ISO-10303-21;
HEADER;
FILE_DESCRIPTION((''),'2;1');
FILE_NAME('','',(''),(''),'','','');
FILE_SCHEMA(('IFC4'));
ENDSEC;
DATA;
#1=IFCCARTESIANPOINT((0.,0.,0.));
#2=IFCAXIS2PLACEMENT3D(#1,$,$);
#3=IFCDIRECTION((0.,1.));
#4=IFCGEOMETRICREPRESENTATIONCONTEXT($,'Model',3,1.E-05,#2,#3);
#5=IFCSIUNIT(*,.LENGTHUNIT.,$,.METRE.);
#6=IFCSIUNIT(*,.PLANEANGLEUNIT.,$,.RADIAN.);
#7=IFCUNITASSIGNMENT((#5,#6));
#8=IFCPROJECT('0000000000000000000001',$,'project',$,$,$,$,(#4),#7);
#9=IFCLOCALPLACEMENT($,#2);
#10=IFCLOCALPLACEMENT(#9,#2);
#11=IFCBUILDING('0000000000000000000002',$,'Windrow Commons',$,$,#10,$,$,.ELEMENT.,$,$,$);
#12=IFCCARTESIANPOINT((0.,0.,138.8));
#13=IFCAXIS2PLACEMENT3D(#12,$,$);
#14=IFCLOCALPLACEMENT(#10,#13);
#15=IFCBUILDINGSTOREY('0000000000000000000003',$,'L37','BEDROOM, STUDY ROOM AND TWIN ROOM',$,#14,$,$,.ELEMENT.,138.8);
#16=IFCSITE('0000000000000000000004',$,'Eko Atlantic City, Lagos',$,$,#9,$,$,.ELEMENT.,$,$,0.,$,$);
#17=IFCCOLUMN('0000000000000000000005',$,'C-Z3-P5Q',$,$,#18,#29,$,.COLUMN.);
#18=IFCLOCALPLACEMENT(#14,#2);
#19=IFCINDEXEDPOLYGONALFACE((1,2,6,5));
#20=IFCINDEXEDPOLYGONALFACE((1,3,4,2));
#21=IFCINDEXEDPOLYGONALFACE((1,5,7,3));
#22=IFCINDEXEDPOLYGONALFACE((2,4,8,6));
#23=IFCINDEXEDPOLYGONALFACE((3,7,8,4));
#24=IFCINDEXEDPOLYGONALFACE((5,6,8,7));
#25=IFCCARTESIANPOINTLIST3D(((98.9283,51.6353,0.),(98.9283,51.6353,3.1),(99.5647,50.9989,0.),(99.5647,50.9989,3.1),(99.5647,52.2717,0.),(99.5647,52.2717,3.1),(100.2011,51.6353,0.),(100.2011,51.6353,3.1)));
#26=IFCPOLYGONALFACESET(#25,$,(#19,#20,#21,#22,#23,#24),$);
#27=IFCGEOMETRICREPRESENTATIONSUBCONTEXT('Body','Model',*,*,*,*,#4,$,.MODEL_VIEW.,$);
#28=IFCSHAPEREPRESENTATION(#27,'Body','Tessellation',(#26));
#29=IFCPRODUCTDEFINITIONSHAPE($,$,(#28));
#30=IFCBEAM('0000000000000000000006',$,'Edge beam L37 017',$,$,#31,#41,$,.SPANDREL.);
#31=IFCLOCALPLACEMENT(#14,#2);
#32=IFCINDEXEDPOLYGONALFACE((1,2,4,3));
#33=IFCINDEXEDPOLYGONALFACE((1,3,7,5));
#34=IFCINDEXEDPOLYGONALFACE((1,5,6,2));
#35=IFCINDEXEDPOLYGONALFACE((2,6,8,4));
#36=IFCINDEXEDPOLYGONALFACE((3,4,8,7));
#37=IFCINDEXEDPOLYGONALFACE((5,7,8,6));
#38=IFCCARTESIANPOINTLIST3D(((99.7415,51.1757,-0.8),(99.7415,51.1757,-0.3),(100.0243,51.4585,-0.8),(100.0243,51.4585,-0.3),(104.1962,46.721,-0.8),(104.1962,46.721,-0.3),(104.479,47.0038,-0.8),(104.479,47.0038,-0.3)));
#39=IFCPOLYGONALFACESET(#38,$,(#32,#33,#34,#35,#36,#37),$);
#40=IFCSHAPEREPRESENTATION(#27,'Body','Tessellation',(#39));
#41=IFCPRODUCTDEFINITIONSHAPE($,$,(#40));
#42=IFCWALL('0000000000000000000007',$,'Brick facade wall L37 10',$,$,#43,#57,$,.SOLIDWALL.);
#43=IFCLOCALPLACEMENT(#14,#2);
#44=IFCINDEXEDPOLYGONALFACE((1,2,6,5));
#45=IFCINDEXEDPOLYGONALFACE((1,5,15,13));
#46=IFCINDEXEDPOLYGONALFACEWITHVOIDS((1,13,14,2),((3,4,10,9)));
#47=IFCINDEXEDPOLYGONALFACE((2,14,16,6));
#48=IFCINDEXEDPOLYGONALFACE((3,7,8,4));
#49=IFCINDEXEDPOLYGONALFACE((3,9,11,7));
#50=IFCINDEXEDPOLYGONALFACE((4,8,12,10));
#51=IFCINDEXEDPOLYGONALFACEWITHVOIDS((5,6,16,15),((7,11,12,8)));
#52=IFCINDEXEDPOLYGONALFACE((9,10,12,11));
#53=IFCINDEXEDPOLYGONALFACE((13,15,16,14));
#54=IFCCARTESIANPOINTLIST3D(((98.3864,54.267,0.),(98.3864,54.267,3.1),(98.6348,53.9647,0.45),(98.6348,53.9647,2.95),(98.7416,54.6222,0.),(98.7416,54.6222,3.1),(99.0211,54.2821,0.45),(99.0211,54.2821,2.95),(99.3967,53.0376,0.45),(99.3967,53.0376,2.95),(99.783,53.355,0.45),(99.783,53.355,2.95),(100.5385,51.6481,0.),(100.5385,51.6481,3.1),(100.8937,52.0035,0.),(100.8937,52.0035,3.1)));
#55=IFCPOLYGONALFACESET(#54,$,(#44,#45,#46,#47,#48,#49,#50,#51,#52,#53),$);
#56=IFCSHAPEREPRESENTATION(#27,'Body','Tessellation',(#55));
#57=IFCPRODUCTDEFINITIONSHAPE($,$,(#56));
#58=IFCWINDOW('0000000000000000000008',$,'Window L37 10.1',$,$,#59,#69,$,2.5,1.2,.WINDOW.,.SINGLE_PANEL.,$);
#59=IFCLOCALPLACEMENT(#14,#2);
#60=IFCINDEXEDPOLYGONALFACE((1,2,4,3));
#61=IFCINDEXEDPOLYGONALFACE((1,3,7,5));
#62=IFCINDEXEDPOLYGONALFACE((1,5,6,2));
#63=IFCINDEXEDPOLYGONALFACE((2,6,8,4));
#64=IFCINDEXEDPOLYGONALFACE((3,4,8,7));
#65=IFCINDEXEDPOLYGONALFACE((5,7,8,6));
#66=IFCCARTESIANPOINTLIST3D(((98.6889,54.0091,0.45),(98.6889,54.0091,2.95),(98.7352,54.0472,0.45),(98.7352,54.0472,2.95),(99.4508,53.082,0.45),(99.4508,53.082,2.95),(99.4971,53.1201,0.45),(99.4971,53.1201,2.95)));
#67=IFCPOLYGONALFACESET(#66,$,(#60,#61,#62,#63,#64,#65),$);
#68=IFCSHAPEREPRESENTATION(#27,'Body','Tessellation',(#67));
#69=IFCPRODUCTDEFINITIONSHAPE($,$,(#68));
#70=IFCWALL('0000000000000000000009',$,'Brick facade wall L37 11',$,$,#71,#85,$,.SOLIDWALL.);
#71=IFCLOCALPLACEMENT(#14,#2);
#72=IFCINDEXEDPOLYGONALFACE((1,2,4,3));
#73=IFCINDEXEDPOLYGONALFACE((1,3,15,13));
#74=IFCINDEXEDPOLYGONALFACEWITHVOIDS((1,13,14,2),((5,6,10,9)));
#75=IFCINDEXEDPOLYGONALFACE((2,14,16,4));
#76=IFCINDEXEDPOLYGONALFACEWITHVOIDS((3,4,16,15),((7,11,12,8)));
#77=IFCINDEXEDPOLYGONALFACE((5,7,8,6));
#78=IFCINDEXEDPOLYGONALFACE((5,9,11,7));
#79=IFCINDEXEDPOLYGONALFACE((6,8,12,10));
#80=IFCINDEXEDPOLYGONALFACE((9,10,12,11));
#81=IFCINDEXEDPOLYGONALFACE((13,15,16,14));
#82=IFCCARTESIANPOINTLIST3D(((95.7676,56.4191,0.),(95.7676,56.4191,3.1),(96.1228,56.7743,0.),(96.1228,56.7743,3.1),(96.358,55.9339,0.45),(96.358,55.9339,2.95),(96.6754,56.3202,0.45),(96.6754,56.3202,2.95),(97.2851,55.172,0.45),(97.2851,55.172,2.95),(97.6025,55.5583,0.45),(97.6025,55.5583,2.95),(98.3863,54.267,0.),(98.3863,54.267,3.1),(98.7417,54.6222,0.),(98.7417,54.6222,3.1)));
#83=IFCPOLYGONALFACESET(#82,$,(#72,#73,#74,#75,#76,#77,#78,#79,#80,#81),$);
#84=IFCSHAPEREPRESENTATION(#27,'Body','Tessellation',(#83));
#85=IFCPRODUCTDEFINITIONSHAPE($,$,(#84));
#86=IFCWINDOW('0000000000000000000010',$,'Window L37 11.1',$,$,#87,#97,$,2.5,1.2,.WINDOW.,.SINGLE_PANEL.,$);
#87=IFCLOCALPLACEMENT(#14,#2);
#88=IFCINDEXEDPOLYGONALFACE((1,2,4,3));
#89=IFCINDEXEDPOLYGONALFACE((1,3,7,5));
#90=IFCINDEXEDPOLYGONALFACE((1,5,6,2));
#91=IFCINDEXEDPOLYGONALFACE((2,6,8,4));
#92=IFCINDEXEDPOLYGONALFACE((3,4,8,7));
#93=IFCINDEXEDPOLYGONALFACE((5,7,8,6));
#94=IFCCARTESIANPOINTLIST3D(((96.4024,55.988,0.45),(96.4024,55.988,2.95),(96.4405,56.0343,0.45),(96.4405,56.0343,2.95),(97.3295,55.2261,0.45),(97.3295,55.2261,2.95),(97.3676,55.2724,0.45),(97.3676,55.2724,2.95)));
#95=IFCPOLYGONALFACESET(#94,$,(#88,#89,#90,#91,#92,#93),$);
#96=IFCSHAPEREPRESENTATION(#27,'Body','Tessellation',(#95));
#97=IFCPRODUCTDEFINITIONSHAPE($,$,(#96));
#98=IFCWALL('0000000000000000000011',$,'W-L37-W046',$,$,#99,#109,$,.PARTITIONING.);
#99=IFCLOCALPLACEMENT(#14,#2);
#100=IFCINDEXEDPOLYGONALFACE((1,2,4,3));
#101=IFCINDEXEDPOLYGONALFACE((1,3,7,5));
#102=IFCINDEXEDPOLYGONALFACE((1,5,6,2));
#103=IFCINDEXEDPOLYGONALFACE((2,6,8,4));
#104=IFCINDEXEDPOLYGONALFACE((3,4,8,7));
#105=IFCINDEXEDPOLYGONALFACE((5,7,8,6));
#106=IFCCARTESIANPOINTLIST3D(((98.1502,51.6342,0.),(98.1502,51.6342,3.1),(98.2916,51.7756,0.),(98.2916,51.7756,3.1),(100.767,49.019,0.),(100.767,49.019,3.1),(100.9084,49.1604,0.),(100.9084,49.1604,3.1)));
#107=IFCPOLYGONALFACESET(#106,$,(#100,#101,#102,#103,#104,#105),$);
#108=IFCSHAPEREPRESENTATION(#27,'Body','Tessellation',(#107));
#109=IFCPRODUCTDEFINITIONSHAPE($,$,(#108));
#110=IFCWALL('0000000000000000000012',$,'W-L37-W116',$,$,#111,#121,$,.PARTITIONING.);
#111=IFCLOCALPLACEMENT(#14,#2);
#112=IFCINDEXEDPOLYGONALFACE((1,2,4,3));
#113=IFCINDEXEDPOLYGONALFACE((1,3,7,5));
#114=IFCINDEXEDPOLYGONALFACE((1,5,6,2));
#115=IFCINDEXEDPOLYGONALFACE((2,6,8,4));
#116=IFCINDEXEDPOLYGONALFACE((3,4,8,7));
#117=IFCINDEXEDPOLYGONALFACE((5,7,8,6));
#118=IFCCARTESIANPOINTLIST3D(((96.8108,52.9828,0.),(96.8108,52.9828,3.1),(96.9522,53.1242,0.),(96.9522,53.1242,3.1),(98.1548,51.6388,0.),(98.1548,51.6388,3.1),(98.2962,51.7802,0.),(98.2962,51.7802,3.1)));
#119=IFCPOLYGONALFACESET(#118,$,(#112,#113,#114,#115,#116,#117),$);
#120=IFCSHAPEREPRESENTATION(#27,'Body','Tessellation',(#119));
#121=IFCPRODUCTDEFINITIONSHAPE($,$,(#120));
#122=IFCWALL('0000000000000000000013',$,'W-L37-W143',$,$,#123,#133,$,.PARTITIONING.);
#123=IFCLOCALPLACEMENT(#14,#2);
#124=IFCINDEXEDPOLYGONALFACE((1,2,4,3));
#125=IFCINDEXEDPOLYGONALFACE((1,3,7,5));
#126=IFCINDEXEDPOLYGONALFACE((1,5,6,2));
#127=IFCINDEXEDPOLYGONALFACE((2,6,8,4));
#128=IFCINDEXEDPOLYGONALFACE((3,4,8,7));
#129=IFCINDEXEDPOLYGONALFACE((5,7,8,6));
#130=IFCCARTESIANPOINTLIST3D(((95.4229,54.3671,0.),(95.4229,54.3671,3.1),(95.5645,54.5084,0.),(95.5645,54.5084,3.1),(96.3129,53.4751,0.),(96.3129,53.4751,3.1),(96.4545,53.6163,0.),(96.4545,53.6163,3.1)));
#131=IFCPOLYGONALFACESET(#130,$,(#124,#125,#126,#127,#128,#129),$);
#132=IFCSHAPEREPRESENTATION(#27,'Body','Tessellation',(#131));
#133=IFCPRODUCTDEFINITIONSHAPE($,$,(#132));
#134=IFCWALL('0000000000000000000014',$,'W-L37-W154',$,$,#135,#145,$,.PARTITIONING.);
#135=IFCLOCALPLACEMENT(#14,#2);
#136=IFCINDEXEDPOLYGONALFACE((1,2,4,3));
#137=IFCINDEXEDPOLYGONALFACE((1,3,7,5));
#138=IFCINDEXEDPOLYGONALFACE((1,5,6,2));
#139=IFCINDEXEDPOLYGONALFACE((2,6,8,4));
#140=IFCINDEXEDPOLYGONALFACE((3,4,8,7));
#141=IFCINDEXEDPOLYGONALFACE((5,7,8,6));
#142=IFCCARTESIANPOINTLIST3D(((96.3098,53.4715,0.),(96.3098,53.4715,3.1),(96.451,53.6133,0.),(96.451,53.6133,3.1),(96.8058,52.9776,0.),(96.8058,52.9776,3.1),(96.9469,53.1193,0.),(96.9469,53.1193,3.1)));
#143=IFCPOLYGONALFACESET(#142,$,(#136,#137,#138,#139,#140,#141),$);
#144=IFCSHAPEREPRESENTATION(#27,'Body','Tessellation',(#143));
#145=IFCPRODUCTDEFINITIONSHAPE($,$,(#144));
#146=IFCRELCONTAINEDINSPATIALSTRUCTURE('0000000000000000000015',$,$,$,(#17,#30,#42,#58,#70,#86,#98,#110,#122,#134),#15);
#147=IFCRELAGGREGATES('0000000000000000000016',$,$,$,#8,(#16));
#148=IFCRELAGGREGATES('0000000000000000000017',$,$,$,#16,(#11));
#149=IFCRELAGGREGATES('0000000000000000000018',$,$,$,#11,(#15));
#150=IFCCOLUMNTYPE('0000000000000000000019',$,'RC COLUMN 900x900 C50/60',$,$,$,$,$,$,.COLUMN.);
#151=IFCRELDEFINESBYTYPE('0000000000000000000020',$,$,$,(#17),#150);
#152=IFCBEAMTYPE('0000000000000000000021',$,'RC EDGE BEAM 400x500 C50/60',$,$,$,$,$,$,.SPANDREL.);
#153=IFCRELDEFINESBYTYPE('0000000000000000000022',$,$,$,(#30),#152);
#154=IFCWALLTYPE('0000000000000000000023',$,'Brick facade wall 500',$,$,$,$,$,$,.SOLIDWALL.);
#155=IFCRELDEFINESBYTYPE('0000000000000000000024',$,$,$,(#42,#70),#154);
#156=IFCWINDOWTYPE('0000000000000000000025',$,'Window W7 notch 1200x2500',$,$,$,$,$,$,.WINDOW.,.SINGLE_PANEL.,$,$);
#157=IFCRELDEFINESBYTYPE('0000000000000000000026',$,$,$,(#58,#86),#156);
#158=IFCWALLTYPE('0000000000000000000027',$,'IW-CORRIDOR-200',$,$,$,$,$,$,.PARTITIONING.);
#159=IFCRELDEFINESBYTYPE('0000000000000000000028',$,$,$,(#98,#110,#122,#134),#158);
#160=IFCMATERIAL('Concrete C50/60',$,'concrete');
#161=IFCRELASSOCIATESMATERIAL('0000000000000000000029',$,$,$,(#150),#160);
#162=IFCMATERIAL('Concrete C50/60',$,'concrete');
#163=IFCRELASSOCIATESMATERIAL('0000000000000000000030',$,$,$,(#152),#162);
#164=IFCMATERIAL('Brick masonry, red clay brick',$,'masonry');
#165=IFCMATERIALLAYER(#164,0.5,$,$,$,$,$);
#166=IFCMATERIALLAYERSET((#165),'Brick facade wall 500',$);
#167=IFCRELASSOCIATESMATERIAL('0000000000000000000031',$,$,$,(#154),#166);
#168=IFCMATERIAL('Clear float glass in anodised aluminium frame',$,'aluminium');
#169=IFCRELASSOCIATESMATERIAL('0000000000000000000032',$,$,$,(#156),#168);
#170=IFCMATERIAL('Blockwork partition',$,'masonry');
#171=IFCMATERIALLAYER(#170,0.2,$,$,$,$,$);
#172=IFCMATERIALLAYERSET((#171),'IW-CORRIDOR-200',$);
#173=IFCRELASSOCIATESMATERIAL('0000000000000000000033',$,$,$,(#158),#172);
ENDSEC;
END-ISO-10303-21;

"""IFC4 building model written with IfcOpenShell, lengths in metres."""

from ifc_helpers import new_model, si_unit, direction, frame, frame_2d, origin, origin_2d, place, context, subcontext, project, spatial, polyline, rectangle, outline, extrude, material, layer, layer_set, material_profile, profile_set, type_object, element, fill, save


model = new_model("IFC4")

# Units and contexts
model_context = context("Model", 3, precision=1e-05, world=origin(), true_north=direction((0.0, 1.0)))
body_context = subcontext(model_context, "Body", "Model", "MODEL_VIEW")
ifc_project = project(units=[si_unit("LENGTHUNIT", "METRE"), si_unit("PLANEANGLEUNIT", "RADIAN")], contexts=[model_context])

# Site, building, storey
site_placement = place(None, origin())
site = spatial("IfcSite", under=ifc_project, at=site_placement, Name="Eko Atlantic City, Lagos", CompositionType="ELEMENT", RefElevation=0.0)
building_placement = place(site_placement, origin())
building = spatial("IfcBuilding", under=site, at=building_placement, Name="Windrow Commons", CompositionType="ELEMENT")
storey_placement = place(building_placement, frame((0.0, 0.0, 138.8)))
storey = spatial("IfcBuildingStorey", under=building, at=storey_placement, Name="L37", Description="BEDROOM, STUDY ROOM AND TWIN ROOM", CompositionType="ELEMENT", Elevation=138.8)

# Column
ifc_material_1 = material(Name="Concrete C50/60", Category="concrete")
ifc_material_profile_1 = material_profile(ifc_material_1, rectangle(XDim=0.9, YDim=0.9, at=origin_2d()))
ifc_profile_set_1 = profile_set([ifc_material_profile_1], Name="Concrete C50/60")
column_type = type_object("IfcColumnType", Name="RC COLUMN 900x900 C50/60", PredefinedType="COLUMN", material=ifc_profile_set_1)
column_placement = place(storey_placement, frame((99.5647, 51.6353, 0.0), z_axis=(0.0, 0.0, 1.0), x_axis=(0.707107, -0.707107, 0.0)))
element("IfcColumn", 1, at=column_placement, inside=storey, type_object=column_type, Name="C-Z3-P5Q", PredefinedType="COLUMN", context=body_context, shape_type="SweptSolid", body=[
    extrude(rectangle(XDim=0.9, YDim=0.9, at=origin_2d()), origin(), (0.0, 0.0, 1.0), 3.1),
])

# Beam
ifc_material_2 = material(Name="Concrete C50/60", Category="concrete")
ifc_material_profile_2 = material_profile(ifc_material_2, rectangle(XDim=0.4, YDim=0.5, at=origin_2d()))
ifc_profile_set_2 = profile_set([ifc_material_profile_2], Name="Concrete C50/60")
beam_type = type_object("IfcBeamType", Name="RC EDGE BEAM 400x500 C50/60", PredefinedType="SPANDREL", material=ifc_profile_set_2)
beam_placement = place(storey_placement, frame((99.8829, 51.3171, -0.55), z_axis=(0.707107, -0.707107, 0.0), x_axis=(0.707107, 0.707107, 0.0)))
element("IfcBeam", 2, at=beam_placement, inside=storey, type_object=beam_type, Name="Edge beam L37 017", PredefinedType="SPANDREL", context=body_context, shape_type="SweptSolid", body=[
    extrude(rectangle(XDim=0.4, YDim=0.5, at=origin_2d()), origin(), (0.0, 0.0, 1.0), 6.2999),
])

# Walls, openings, windows
ifc_material_3 = material(Name="Brick masonry, red clay brick", Category="masonry")
ifc_layer_1 = layer(ifc_material_3, 0.5)
ifc_layer_set_1 = layer_set([ifc_layer_1], Name="Brick facade wall 500")
wall_type_1 = type_object("IfcWallType", Name="Brick facade wall 500", PredefinedType="SOLIDWALL", material=ifc_layer_set_1)
wall_1_placement = place(storey_placement, frame((100.7161, 51.8258, 0.0), z_axis=(0.0, 0.0, 1.0), x_axis=(-0.634905, 0.77259, 0.0)))
wall_1 = element("IfcWall", 3, at=wall_1_placement, inside=storey, type_object=wall_type_1, Name="Brick facade wall L37 10", PredefinedType="SOLIDWALL", context=body_context, shape_type="SweptSolid", body=[
    extrude(outline(polyline([(0.0245, -0.25), (3.4141, -0.25), (3.3652, 0.25), (-0.0245, 0.25), (0.0245, -0.25)])), origin(), (0.0, 0.0, 1.0), 3.1),
])
opening_1_placement = place(wall_1_placement, frame((1.7739, 0.0, 0.45)))
opening_1 = element("IfcOpeningElement", 4, at=opening_1_placement, cuts=wall_1, PredefinedType="OPENING", context=body_context, shape_type="SweptSolid", body=[
    extrude(rectangle(XDim=1.2, YDim=2.5, at=frame_2d((0.6, 1.25))), frame((0.0, 0.26, 0.0), z_axis=(0.0, -1.0, 0.0), x_axis=(1.0, 0.0, 0.0)), (0.0, 0.0, 1.0), 0.52),
])
ifc_material_4 = material(Name="Clear float glass in anodised aluminium frame", Category="aluminium")
window_type = type_object("IfcWindowType", Name="Window W7 notch 1200x2500", PartitioningType="SINGLE_PANEL", PredefinedType="WINDOW", material=ifc_material_4)
window_1_placement = place(opening_1_placement, origin())
window_1 = element("IfcWindow", 5, at=window_1_placement, inside=storey, type_object=window_type, Name="Window L37 10.1", OverallHeight=2.5, OverallWidth=1.2, PartitioningType="SINGLE_PANEL", PredefinedType="WINDOW", context=body_context, shape_type="SweptSolid", body=[
    extrude(rectangle(XDim=1.2, YDim=2.5, at=frame_2d((0.6, 1.25))), frame((0.0, 0.18, 0.0), z_axis=(0.0, -1.0, 0.0), x_axis=(1.0, 0.0, 0.0)), (0.0, 0.0, 1.0), 0.06),
])
fill(opening_1, window_1)
wall_2_placement = place(storey_placement, frame((98.564, 54.4446, 0.0), z_axis=(0.0, 0.0, 1.0), x_axis=(-0.77259, 0.634905, 0.0)))
wall_2 = element("IfcWall", 6, at=wall_2_placement, inside=storey, type_object=wall_type_1, Name="Brick facade wall L37 11", PredefinedType="SOLIDWALL", context=body_context, shape_type="SweptSolid", body=[
    extrude(outline(polyline([(-0.0245, -0.25), (3.3652, -0.25), (3.4141, 0.25), (0.0245, 0.25), (-0.0245, -0.25)])), origin(), (0.0, 0.0, 1.0), 3.1),
])
opening_2_placement = place(wall_2_placement, frame((1.4499, 0.0, 0.45)))
opening_2 = element("IfcOpeningElement", 7, at=opening_2_placement, cuts=wall_2, PredefinedType="OPENING", context=body_context, shape_type="SweptSolid", body=[
    extrude(rectangle(XDim=1.2, YDim=2.5, at=frame_2d((0.6, 1.25))), frame((0.0, 0.26, 0.0), z_axis=(0.0, -1.0, 0.0), x_axis=(1.0, 0.0, 0.0)), (0.0, 0.0, 1.0), 0.52),
])
window_2_placement = place(opening_2_placement, origin())
window_2 = element("IfcWindow", 8, at=window_2_placement, inside=storey, type_object=window_type, Name="Window L37 11.1", OverallHeight=2.5, OverallWidth=1.2, PartitioningType="SINGLE_PANEL", PredefinedType="WINDOW", context=body_context, shape_type="SweptSolid", body=[
    extrude(rectangle(XDim=1.2, YDim=2.5, at=frame_2d((0.6, 1.25))), frame((0.0, 0.18, 0.0), z_axis=(0.0, -1.0, 0.0), x_axis=(1.0, 0.0, 0.0)), (0.0, 0.0, 1.0), 0.06),
])
fill(opening_2, window_2)

# Walls
ifc_material_5 = material(Name="Blockwork partition", Category="masonry")
ifc_layer_2 = layer(ifc_material_5, 0.2)
ifc_layer_set_2 = layer_set([ifc_layer_2], Name="IW-CORRIDOR-200")
wall_type_2 = type_object("IfcWallType", Name="IW-CORRIDOR-200", PredefinedType="PARTITIONING", material=ifc_layer_set_2)
wall_3_placement = place(storey_placement, frame((98.2209, 51.7049, 0.0), z_axis=(0.0, 0.0, 1.0), x_axis=(0.707323, -0.706891, 0.0)))
element("IfcWall", 9, at=wall_3_placement, inside=storey, type_object=wall_type_2, Name="W-L37-W046", PredefinedType="PARTITIONING", context=body_context, shape_type="SweptSolid", body=[
    extrude(rectangle(XDim=3.6996, YDim=0.2, at=frame_2d((1.8498, 0.0))), origin(), (0.0, 0.0, 1.0), 3.1),
])
wall_4_placement = place(storey_placement, frame((96.8815, 53.0535, 0.0), z_axis=(0.0, 0.0, 1.0), x_axis=(0.707107, -0.707107, 0.0)))
element("IfcWall", 10, at=wall_4_placement, inside=storey, type_object=wall_type_2, Name="W-L37-W116", PredefinedType="PARTITIONING", context=body_context, shape_type="SweptSolid", body=[
    extrude(rectangle(XDim=1.9007, YDim=0.2, at=frame_2d((0.9504, 0.0))), origin(), (0.0, 0.0, 1.0), 3.1),
])
wall_5_placement = place(storey_placement, frame((95.4937, 54.4377, 0.0), z_axis=(0.0, 0.0, 1.0), x_axis=(0.706313, -0.7079, 0.0)))
element("IfcWall", 11, at=wall_5_placement, inside=storey, type_object=wall_type_2, Name="W-L37-W143", PredefinedType="PARTITIONING", context=body_context, shape_type="SweptSolid", body=[
    extrude(rectangle(XDim=1.2601, YDim=0.2, at=frame_2d((0.63, 0.0))), origin(), (0.0, 0.0, 1.0), 3.1),
])
wall_6_placement = place(storey_placement, frame((96.3804, 53.5424, 0.0), z_axis=(0.0, 0.0, 1.0), x_axis=(0.708534, -0.705677, 0.0)))
element("IfcWall", 12, at=wall_6_placement, inside=storey, type_object=wall_type_2, Name="W-L37-W154", PredefinedType="PARTITIONING", context=body_context, shape_type="SweptSolid", body=[
    extrude(rectangle(XDim=0.7, YDim=0.2, at=frame_2d((0.35, 0.0))), origin(), (0.0, 0.0, 1.0), 3.1),
])

save(model, "model.ifc")
